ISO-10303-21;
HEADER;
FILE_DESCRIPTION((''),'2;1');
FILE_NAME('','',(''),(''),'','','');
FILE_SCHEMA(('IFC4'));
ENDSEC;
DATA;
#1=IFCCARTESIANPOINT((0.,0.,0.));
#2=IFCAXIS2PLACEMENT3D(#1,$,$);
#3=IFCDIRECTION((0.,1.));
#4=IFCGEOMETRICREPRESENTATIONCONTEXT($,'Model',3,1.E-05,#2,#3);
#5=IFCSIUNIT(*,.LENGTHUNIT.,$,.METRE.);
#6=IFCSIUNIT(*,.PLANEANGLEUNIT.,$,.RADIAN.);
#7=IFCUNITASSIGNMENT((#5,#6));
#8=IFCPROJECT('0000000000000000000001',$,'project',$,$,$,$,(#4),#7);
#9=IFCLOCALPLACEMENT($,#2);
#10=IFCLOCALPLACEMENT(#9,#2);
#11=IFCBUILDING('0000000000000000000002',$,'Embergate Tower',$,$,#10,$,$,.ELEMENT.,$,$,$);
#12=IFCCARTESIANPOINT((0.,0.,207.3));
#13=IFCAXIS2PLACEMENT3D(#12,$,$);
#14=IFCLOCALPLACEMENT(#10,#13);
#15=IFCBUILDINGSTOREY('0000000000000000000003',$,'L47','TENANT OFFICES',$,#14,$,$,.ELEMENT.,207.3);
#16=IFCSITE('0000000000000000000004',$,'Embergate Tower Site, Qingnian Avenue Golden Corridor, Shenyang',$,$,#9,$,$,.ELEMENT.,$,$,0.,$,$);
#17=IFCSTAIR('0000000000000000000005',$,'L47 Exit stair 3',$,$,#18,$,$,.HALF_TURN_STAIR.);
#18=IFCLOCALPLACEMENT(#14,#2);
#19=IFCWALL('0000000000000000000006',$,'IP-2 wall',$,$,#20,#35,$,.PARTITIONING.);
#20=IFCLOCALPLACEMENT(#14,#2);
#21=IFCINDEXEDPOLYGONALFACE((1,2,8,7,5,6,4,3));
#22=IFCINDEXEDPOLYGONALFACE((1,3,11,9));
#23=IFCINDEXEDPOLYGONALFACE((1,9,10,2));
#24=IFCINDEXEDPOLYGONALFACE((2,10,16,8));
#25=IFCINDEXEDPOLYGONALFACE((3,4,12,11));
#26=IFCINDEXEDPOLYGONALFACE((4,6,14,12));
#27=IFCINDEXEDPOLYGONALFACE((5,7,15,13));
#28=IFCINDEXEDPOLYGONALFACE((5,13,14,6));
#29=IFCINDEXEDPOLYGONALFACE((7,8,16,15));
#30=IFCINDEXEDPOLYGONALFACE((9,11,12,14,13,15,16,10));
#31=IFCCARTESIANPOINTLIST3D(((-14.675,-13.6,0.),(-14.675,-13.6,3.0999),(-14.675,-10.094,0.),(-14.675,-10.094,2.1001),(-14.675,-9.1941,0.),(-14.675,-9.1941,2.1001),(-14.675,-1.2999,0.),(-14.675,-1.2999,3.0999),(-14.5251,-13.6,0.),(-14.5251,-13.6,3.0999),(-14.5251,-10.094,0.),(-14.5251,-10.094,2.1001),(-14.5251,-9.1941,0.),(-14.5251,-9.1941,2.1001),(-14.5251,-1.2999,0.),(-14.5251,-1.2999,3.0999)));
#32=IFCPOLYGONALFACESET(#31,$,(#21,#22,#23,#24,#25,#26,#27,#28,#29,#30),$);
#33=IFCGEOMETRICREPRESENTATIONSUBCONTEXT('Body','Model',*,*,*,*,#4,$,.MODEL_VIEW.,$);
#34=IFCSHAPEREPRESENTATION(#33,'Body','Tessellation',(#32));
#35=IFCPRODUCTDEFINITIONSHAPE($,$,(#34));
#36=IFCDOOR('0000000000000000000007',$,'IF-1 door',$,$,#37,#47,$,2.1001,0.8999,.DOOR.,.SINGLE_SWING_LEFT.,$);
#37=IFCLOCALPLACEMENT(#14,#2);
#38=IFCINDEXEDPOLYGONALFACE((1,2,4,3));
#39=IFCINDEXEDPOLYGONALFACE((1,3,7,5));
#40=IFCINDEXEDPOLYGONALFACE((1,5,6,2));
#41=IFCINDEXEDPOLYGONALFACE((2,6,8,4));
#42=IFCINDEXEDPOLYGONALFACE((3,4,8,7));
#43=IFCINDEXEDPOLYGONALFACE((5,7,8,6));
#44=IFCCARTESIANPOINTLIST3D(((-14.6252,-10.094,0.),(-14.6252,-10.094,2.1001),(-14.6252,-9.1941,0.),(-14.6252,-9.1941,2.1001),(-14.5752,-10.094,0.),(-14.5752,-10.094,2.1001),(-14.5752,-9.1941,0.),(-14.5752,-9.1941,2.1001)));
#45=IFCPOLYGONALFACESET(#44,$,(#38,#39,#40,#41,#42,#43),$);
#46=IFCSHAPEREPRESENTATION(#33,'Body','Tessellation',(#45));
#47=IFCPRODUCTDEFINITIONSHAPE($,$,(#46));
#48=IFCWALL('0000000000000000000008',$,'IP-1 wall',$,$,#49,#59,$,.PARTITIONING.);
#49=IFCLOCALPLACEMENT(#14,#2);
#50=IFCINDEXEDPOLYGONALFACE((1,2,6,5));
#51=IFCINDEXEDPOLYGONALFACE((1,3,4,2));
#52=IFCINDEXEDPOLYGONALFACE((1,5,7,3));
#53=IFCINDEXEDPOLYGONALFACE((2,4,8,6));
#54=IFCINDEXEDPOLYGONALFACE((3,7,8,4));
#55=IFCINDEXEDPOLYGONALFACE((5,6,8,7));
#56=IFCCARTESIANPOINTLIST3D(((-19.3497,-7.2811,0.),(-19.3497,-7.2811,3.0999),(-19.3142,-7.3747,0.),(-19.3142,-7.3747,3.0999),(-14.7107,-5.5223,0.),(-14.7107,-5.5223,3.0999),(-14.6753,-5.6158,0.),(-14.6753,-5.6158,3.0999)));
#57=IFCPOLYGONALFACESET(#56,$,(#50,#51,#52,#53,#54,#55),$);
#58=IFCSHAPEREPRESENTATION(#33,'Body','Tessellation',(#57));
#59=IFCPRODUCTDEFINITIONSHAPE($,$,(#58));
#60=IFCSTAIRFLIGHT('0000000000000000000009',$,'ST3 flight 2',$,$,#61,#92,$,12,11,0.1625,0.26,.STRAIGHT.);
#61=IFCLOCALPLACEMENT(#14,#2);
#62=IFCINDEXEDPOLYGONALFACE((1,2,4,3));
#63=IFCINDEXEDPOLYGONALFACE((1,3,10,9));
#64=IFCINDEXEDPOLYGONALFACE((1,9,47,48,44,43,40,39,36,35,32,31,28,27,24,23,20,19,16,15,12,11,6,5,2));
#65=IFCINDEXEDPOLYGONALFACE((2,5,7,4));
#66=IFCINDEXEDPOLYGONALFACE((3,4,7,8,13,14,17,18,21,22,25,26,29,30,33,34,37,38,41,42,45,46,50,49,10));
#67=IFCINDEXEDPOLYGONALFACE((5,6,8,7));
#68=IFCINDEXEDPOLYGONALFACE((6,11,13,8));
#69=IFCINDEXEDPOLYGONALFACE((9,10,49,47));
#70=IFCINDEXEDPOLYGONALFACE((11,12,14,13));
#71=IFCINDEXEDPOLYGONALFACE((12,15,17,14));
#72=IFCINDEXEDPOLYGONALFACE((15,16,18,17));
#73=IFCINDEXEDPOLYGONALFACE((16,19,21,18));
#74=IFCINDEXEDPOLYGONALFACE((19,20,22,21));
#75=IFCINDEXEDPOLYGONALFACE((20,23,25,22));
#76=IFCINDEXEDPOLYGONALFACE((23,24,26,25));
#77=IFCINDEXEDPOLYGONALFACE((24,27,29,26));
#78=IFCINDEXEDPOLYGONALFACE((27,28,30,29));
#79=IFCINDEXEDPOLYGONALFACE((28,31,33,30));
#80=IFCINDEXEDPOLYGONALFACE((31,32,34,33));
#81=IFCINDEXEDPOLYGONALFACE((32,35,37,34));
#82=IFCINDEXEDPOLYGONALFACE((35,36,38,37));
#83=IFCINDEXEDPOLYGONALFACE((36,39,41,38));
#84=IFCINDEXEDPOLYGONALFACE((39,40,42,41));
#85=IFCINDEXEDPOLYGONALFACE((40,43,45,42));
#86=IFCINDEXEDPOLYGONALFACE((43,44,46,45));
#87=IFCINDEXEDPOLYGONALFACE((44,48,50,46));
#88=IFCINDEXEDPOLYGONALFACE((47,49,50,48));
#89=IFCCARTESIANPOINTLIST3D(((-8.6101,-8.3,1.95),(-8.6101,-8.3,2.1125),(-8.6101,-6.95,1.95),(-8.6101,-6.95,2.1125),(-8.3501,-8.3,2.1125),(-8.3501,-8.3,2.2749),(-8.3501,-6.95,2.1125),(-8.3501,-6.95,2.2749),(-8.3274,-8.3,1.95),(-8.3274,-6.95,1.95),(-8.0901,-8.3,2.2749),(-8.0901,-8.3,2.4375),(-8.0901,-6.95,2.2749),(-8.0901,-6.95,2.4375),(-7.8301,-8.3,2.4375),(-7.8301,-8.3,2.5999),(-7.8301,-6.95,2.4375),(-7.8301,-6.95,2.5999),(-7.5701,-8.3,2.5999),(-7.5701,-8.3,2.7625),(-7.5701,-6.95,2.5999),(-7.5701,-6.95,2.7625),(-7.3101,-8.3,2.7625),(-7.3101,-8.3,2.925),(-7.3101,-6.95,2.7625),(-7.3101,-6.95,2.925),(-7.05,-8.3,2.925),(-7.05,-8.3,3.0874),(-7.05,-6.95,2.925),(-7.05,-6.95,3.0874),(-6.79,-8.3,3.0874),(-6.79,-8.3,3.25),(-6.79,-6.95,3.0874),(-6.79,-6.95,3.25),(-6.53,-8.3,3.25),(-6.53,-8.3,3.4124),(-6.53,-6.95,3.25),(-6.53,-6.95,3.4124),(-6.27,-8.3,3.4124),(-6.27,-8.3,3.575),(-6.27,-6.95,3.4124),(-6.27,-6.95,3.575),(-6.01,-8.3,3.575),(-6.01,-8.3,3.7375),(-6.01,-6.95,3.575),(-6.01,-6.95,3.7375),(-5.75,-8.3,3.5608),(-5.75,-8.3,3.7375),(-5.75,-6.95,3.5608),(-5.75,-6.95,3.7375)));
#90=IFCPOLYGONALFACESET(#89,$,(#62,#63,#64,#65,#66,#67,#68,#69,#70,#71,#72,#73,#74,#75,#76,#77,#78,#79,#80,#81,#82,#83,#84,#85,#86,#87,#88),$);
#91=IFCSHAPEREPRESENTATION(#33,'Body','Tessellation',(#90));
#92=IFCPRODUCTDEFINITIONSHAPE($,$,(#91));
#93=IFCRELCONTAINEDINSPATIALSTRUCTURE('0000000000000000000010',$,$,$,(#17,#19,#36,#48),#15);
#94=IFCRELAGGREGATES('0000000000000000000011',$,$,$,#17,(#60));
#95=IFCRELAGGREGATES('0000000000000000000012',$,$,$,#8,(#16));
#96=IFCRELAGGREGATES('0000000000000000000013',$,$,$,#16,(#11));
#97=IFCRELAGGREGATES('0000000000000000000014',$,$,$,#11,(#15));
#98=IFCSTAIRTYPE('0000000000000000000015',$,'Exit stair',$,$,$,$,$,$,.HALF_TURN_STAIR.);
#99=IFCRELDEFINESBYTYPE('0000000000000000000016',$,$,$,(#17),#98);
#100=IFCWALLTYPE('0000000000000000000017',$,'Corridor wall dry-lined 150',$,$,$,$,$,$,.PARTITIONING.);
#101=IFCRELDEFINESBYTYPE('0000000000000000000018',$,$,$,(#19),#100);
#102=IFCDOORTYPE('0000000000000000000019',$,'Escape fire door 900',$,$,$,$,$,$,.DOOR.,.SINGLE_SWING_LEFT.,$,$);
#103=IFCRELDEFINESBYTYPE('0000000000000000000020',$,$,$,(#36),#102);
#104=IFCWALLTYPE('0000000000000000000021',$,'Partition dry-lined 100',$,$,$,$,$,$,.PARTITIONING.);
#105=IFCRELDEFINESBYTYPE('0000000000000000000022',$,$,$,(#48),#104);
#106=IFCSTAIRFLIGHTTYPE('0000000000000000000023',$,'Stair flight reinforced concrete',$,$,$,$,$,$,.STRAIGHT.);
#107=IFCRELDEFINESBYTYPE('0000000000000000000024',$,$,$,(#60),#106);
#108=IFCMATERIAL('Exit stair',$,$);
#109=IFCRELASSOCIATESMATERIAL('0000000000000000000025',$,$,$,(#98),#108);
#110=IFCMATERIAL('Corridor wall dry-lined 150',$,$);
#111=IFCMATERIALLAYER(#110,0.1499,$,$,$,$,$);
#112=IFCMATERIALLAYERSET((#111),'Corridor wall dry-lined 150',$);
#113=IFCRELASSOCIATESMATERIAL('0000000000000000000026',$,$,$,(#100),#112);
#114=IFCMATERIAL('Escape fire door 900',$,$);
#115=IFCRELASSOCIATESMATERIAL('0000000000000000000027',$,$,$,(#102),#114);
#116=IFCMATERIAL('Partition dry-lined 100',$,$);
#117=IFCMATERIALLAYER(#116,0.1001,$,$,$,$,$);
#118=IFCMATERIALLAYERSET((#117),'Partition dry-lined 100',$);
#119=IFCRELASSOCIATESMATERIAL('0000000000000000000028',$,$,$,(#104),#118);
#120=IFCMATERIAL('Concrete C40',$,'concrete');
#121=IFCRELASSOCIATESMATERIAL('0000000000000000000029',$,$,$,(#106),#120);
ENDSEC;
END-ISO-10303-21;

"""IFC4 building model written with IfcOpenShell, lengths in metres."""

from ifc_helpers import new_model, si_unit, direction, frame, frame_2d, origin, place, context, subcontext, project, spatial, polyline, rectangle, outline, extrude, source, transform, mapped, material, layer, layer_set, type_object, element, fill, aggregate, save


model = new_model("IFC4")

# Units and contexts
model_context = context("Model", 3, precision=1e-05, world=origin(), true_north=direction((0.0, 1.0)))
body_context = subcontext(model_context, "Body", "Model", "MODEL_VIEW")
ifc_project = project(units=[si_unit("LENGTHUNIT", "METRE"), si_unit("PLANEANGLEUNIT", "RADIAN")], contexts=[model_context])

# Site, building, storey
site_placement = place(None, origin())
site = spatial("IfcSite", under=ifc_project, at=site_placement, Name="Embergate Tower Site, Qingnian Avenue Golden Corridor, Shenyang", CompositionType="ELEMENT", RefElevation=0.0)
building_placement = place(site_placement, origin())
building = spatial("IfcBuilding", under=site, at=building_placement, Name="Embergate Tower", CompositionType="ELEMENT")
storey_placement = place(building_placement, frame((0.0, 0.0, 207.3)))
storey = spatial("IfcBuildingStorey", under=building, at=storey_placement, Name="L47", Description="TENANT OFFICES", CompositionType="ELEMENT", Elevation=207.3)

# Stair
ifc_material_1 = material(Name="Exit stair")
stair_type = type_object("IfcStairType", Name="Exit stair", PredefinedType="HALF_TURN_STAIR", material=ifc_material_1)
stair_placement = place(storey_placement, origin())
stair = element("IfcStair", 1, at=stair_placement, inside=storey, type_object=stair_type, Name="L47 Exit stair 3", PredefinedType="HALF_TURN_STAIR")
ifc_material_2 = material(Name="Concrete C40", Category="concrete")

# Wall, opening, door
ifc_material_3 = material(Name="Corridor wall dry-lined 150")
ifc_layer_1 = layer(ifc_material_3, 0.1499)
ifc_layer_set_1 = layer_set([ifc_layer_1], Name="Corridor wall dry-lined 150")
wall_type_1 = type_object("IfcWallType", Name="Corridor wall dry-lined 150", PredefinedType="PARTITIONING", material=ifc_layer_set_1)
shared_shape_1 = source(origin(), body_context, "Body", "SweptSolid", [
    extrude(rectangle(XDim=12.3, YDim=0.1499, at=frame_2d((6.1499, 0.0))), origin(), (0.0, 0.0, 1.0), 3.0999),
])
wall_1_placement = place(storey_placement, frame((-14.6001, -1.3, 0.0), z_axis=(0.0, 0.0, 1.0), x_axis=(0.0, -1.0, 0.0)))
wall_1 = element("IfcWall", 2, at=wall_1_placement, inside=storey, type_object=wall_type_1, Name="IP-2 wall", PredefinedType="PARTITIONING", context=body_context, shape_type="MappedRepresentation", body=[
    mapped(shared_shape_1, transform((0.0, 0.0, 0.0))),
])
shared_shape_2 = source(origin(), body_context, "Body", "SweptSolid", [
    extrude(rectangle(XDim=0.8999, YDim=2.1001, at=frame_2d((0.45, 1.05))), frame((0.0, 0.085, 0.0), z_axis=(0.0, -1.0, 0.0), x_axis=(1.0, 0.0, 0.0)), (0.0, 0.0, 1.0), 0.1699),
])
opening_1_placement = place(wall_1_placement, frame((7.894, 0.0, 0.0)))
opening_1 = element("IfcOpeningElement", 3, at=opening_1_placement, cuts=wall_1, PredefinedType="OPENING", context=body_context, shape_type="MappedRepresentation", body=[
    mapped(shared_shape_2, transform((0.0, 0.0, 0.0))),
])
ifc_material_4 = material(Name="Escape fire door 900")
door_type_1 = type_object("IfcDoorType", Name="Escape fire door 900", OperationType="SINGLE_SWING_LEFT", PredefinedType="DOOR", material=ifc_material_4)
shared_shape_3 = source(origin(), body_context, "Body", "SweptSolid", [
    extrude(rectangle(XDim=0.8999, YDim=2.1001, at=frame_2d((0.45, 1.05))), frame((0.0, 0.0249, 0.0), z_axis=(0.0, -1.0, 0.0), x_axis=(1.0, 0.0, 0.0)), (0.0, 0.0, 1.0), 0.05),
])
door_1_placement = place(opening_1_placement, origin())
door_1 = element("IfcDoor", 4, at=door_1_placement, inside=storey, type_object=door_type_1, Name="IF-1 door", OperationType="SINGLE_SWING_LEFT", OverallHeight=2.1001, OverallWidth=0.8999, PredefinedType="DOOR", context=body_context, shape_type="MappedRepresentation", body=[
    mapped(shared_shape_3, transform((0.0, 0.0, 0.0))),
])
fill(opening_1, door_1)

# Wall
ifc_material_5 = material(Name="Partition dry-lined 100")
ifc_layer_2 = layer(ifc_material_5, 0.1001)
ifc_layer_set_2 = layer_set([ifc_layer_2], Name="Partition dry-lined 100")
wall_type_2 = type_object("IfcWallType", Name="Partition dry-lined 100", PredefinedType="PARTITIONING", material=ifc_layer_set_2)
shared_shape_4 = source(origin(), body_context, "Body", "SweptSolid", [
    extrude(rectangle(XDim=4.9612, YDim=0.1001, at=frame_2d((2.4805, 0.0))), origin(), (0.0, 0.0, 1.0), 3.0999),
])
wall_2_placement = place(storey_placement, frame((-14.6931, -5.5691, 0.0), z_axis=(0.0, 0.0, 1.0), x_axis=(-0.935051, -0.354513, 0.0)))
element("IfcWall", 5, at=wall_2_placement, inside=storey, type_object=wall_type_2, Name="IP-1 wall", PredefinedType="PARTITIONING", context=body_context, shape_type="MappedRepresentation", body=[
    mapped(shared_shape_4, transform((0.0, 0.0, 0.0))),
])

# Stair flight
stair_flight_type = type_object("IfcStairFlightType", Name="Stair flight reinforced concrete", PredefinedType="STRAIGHT", material=ifc_material_2)
shared_shape_5 = source(origin(), body_context, "Body", "SweptSolid", [
    extrude(outline(polyline([(0.0, 0.0), (0.0, 0.1626), (0.26, 0.1626), (0.26, 0.325), (0.52, 0.325), (0.52, 0.4875), (0.78, 0.4875), (0.78, 0.6499), (1.04, 0.6499), (1.04, 0.8125), (1.3, 0.8125), (1.3, 0.9751), (1.5601, 0.9751), (1.5601, 1.1375), (1.8201, 1.1375), (1.8201, 1.3), (2.0801, 1.3), (2.0801, 1.4624), (2.3401, 1.4624), (2.3401, 1.625), (2.6001, 1.625), (2.6001, 1.7876), (2.8601, 1.7876), (2.8601, 1.95), (2.8601, 1.6108), (0.2827, 0.0), (0.0, 0.0)])), frame((0.0, 0.675, 0.0), z_axis=(0.0, -1.0, 0.0), x_axis=(1.0, 0.0, 0.0)), (0.0, 0.0, 1.0), 1.3501),
])
stair_flight_placement = place(storey_placement, frame((-8.6101, -7.625, 1.95), z_axis=(0.0, 0.0, 1.0), x_axis=(1.0, 0.0, 0.0)))
stair_flight = element("IfcStairFlight", 6, at=stair_flight_placement, type_object=stair_flight_type, Name="ST3 flight 2", NumberOfRisers=12, NumberOfTreads=11, PredefinedType="STRAIGHT", RiserHeight=0.1625, TreadLength=0.26, context=body_context, shape_type="MappedRepresentation", body=[
    mapped(shared_shape_5, transform((0.0, 0.0, 0.0))),
])
aggregate(stair, [stair_flight])

save(model, "model.ifc")
